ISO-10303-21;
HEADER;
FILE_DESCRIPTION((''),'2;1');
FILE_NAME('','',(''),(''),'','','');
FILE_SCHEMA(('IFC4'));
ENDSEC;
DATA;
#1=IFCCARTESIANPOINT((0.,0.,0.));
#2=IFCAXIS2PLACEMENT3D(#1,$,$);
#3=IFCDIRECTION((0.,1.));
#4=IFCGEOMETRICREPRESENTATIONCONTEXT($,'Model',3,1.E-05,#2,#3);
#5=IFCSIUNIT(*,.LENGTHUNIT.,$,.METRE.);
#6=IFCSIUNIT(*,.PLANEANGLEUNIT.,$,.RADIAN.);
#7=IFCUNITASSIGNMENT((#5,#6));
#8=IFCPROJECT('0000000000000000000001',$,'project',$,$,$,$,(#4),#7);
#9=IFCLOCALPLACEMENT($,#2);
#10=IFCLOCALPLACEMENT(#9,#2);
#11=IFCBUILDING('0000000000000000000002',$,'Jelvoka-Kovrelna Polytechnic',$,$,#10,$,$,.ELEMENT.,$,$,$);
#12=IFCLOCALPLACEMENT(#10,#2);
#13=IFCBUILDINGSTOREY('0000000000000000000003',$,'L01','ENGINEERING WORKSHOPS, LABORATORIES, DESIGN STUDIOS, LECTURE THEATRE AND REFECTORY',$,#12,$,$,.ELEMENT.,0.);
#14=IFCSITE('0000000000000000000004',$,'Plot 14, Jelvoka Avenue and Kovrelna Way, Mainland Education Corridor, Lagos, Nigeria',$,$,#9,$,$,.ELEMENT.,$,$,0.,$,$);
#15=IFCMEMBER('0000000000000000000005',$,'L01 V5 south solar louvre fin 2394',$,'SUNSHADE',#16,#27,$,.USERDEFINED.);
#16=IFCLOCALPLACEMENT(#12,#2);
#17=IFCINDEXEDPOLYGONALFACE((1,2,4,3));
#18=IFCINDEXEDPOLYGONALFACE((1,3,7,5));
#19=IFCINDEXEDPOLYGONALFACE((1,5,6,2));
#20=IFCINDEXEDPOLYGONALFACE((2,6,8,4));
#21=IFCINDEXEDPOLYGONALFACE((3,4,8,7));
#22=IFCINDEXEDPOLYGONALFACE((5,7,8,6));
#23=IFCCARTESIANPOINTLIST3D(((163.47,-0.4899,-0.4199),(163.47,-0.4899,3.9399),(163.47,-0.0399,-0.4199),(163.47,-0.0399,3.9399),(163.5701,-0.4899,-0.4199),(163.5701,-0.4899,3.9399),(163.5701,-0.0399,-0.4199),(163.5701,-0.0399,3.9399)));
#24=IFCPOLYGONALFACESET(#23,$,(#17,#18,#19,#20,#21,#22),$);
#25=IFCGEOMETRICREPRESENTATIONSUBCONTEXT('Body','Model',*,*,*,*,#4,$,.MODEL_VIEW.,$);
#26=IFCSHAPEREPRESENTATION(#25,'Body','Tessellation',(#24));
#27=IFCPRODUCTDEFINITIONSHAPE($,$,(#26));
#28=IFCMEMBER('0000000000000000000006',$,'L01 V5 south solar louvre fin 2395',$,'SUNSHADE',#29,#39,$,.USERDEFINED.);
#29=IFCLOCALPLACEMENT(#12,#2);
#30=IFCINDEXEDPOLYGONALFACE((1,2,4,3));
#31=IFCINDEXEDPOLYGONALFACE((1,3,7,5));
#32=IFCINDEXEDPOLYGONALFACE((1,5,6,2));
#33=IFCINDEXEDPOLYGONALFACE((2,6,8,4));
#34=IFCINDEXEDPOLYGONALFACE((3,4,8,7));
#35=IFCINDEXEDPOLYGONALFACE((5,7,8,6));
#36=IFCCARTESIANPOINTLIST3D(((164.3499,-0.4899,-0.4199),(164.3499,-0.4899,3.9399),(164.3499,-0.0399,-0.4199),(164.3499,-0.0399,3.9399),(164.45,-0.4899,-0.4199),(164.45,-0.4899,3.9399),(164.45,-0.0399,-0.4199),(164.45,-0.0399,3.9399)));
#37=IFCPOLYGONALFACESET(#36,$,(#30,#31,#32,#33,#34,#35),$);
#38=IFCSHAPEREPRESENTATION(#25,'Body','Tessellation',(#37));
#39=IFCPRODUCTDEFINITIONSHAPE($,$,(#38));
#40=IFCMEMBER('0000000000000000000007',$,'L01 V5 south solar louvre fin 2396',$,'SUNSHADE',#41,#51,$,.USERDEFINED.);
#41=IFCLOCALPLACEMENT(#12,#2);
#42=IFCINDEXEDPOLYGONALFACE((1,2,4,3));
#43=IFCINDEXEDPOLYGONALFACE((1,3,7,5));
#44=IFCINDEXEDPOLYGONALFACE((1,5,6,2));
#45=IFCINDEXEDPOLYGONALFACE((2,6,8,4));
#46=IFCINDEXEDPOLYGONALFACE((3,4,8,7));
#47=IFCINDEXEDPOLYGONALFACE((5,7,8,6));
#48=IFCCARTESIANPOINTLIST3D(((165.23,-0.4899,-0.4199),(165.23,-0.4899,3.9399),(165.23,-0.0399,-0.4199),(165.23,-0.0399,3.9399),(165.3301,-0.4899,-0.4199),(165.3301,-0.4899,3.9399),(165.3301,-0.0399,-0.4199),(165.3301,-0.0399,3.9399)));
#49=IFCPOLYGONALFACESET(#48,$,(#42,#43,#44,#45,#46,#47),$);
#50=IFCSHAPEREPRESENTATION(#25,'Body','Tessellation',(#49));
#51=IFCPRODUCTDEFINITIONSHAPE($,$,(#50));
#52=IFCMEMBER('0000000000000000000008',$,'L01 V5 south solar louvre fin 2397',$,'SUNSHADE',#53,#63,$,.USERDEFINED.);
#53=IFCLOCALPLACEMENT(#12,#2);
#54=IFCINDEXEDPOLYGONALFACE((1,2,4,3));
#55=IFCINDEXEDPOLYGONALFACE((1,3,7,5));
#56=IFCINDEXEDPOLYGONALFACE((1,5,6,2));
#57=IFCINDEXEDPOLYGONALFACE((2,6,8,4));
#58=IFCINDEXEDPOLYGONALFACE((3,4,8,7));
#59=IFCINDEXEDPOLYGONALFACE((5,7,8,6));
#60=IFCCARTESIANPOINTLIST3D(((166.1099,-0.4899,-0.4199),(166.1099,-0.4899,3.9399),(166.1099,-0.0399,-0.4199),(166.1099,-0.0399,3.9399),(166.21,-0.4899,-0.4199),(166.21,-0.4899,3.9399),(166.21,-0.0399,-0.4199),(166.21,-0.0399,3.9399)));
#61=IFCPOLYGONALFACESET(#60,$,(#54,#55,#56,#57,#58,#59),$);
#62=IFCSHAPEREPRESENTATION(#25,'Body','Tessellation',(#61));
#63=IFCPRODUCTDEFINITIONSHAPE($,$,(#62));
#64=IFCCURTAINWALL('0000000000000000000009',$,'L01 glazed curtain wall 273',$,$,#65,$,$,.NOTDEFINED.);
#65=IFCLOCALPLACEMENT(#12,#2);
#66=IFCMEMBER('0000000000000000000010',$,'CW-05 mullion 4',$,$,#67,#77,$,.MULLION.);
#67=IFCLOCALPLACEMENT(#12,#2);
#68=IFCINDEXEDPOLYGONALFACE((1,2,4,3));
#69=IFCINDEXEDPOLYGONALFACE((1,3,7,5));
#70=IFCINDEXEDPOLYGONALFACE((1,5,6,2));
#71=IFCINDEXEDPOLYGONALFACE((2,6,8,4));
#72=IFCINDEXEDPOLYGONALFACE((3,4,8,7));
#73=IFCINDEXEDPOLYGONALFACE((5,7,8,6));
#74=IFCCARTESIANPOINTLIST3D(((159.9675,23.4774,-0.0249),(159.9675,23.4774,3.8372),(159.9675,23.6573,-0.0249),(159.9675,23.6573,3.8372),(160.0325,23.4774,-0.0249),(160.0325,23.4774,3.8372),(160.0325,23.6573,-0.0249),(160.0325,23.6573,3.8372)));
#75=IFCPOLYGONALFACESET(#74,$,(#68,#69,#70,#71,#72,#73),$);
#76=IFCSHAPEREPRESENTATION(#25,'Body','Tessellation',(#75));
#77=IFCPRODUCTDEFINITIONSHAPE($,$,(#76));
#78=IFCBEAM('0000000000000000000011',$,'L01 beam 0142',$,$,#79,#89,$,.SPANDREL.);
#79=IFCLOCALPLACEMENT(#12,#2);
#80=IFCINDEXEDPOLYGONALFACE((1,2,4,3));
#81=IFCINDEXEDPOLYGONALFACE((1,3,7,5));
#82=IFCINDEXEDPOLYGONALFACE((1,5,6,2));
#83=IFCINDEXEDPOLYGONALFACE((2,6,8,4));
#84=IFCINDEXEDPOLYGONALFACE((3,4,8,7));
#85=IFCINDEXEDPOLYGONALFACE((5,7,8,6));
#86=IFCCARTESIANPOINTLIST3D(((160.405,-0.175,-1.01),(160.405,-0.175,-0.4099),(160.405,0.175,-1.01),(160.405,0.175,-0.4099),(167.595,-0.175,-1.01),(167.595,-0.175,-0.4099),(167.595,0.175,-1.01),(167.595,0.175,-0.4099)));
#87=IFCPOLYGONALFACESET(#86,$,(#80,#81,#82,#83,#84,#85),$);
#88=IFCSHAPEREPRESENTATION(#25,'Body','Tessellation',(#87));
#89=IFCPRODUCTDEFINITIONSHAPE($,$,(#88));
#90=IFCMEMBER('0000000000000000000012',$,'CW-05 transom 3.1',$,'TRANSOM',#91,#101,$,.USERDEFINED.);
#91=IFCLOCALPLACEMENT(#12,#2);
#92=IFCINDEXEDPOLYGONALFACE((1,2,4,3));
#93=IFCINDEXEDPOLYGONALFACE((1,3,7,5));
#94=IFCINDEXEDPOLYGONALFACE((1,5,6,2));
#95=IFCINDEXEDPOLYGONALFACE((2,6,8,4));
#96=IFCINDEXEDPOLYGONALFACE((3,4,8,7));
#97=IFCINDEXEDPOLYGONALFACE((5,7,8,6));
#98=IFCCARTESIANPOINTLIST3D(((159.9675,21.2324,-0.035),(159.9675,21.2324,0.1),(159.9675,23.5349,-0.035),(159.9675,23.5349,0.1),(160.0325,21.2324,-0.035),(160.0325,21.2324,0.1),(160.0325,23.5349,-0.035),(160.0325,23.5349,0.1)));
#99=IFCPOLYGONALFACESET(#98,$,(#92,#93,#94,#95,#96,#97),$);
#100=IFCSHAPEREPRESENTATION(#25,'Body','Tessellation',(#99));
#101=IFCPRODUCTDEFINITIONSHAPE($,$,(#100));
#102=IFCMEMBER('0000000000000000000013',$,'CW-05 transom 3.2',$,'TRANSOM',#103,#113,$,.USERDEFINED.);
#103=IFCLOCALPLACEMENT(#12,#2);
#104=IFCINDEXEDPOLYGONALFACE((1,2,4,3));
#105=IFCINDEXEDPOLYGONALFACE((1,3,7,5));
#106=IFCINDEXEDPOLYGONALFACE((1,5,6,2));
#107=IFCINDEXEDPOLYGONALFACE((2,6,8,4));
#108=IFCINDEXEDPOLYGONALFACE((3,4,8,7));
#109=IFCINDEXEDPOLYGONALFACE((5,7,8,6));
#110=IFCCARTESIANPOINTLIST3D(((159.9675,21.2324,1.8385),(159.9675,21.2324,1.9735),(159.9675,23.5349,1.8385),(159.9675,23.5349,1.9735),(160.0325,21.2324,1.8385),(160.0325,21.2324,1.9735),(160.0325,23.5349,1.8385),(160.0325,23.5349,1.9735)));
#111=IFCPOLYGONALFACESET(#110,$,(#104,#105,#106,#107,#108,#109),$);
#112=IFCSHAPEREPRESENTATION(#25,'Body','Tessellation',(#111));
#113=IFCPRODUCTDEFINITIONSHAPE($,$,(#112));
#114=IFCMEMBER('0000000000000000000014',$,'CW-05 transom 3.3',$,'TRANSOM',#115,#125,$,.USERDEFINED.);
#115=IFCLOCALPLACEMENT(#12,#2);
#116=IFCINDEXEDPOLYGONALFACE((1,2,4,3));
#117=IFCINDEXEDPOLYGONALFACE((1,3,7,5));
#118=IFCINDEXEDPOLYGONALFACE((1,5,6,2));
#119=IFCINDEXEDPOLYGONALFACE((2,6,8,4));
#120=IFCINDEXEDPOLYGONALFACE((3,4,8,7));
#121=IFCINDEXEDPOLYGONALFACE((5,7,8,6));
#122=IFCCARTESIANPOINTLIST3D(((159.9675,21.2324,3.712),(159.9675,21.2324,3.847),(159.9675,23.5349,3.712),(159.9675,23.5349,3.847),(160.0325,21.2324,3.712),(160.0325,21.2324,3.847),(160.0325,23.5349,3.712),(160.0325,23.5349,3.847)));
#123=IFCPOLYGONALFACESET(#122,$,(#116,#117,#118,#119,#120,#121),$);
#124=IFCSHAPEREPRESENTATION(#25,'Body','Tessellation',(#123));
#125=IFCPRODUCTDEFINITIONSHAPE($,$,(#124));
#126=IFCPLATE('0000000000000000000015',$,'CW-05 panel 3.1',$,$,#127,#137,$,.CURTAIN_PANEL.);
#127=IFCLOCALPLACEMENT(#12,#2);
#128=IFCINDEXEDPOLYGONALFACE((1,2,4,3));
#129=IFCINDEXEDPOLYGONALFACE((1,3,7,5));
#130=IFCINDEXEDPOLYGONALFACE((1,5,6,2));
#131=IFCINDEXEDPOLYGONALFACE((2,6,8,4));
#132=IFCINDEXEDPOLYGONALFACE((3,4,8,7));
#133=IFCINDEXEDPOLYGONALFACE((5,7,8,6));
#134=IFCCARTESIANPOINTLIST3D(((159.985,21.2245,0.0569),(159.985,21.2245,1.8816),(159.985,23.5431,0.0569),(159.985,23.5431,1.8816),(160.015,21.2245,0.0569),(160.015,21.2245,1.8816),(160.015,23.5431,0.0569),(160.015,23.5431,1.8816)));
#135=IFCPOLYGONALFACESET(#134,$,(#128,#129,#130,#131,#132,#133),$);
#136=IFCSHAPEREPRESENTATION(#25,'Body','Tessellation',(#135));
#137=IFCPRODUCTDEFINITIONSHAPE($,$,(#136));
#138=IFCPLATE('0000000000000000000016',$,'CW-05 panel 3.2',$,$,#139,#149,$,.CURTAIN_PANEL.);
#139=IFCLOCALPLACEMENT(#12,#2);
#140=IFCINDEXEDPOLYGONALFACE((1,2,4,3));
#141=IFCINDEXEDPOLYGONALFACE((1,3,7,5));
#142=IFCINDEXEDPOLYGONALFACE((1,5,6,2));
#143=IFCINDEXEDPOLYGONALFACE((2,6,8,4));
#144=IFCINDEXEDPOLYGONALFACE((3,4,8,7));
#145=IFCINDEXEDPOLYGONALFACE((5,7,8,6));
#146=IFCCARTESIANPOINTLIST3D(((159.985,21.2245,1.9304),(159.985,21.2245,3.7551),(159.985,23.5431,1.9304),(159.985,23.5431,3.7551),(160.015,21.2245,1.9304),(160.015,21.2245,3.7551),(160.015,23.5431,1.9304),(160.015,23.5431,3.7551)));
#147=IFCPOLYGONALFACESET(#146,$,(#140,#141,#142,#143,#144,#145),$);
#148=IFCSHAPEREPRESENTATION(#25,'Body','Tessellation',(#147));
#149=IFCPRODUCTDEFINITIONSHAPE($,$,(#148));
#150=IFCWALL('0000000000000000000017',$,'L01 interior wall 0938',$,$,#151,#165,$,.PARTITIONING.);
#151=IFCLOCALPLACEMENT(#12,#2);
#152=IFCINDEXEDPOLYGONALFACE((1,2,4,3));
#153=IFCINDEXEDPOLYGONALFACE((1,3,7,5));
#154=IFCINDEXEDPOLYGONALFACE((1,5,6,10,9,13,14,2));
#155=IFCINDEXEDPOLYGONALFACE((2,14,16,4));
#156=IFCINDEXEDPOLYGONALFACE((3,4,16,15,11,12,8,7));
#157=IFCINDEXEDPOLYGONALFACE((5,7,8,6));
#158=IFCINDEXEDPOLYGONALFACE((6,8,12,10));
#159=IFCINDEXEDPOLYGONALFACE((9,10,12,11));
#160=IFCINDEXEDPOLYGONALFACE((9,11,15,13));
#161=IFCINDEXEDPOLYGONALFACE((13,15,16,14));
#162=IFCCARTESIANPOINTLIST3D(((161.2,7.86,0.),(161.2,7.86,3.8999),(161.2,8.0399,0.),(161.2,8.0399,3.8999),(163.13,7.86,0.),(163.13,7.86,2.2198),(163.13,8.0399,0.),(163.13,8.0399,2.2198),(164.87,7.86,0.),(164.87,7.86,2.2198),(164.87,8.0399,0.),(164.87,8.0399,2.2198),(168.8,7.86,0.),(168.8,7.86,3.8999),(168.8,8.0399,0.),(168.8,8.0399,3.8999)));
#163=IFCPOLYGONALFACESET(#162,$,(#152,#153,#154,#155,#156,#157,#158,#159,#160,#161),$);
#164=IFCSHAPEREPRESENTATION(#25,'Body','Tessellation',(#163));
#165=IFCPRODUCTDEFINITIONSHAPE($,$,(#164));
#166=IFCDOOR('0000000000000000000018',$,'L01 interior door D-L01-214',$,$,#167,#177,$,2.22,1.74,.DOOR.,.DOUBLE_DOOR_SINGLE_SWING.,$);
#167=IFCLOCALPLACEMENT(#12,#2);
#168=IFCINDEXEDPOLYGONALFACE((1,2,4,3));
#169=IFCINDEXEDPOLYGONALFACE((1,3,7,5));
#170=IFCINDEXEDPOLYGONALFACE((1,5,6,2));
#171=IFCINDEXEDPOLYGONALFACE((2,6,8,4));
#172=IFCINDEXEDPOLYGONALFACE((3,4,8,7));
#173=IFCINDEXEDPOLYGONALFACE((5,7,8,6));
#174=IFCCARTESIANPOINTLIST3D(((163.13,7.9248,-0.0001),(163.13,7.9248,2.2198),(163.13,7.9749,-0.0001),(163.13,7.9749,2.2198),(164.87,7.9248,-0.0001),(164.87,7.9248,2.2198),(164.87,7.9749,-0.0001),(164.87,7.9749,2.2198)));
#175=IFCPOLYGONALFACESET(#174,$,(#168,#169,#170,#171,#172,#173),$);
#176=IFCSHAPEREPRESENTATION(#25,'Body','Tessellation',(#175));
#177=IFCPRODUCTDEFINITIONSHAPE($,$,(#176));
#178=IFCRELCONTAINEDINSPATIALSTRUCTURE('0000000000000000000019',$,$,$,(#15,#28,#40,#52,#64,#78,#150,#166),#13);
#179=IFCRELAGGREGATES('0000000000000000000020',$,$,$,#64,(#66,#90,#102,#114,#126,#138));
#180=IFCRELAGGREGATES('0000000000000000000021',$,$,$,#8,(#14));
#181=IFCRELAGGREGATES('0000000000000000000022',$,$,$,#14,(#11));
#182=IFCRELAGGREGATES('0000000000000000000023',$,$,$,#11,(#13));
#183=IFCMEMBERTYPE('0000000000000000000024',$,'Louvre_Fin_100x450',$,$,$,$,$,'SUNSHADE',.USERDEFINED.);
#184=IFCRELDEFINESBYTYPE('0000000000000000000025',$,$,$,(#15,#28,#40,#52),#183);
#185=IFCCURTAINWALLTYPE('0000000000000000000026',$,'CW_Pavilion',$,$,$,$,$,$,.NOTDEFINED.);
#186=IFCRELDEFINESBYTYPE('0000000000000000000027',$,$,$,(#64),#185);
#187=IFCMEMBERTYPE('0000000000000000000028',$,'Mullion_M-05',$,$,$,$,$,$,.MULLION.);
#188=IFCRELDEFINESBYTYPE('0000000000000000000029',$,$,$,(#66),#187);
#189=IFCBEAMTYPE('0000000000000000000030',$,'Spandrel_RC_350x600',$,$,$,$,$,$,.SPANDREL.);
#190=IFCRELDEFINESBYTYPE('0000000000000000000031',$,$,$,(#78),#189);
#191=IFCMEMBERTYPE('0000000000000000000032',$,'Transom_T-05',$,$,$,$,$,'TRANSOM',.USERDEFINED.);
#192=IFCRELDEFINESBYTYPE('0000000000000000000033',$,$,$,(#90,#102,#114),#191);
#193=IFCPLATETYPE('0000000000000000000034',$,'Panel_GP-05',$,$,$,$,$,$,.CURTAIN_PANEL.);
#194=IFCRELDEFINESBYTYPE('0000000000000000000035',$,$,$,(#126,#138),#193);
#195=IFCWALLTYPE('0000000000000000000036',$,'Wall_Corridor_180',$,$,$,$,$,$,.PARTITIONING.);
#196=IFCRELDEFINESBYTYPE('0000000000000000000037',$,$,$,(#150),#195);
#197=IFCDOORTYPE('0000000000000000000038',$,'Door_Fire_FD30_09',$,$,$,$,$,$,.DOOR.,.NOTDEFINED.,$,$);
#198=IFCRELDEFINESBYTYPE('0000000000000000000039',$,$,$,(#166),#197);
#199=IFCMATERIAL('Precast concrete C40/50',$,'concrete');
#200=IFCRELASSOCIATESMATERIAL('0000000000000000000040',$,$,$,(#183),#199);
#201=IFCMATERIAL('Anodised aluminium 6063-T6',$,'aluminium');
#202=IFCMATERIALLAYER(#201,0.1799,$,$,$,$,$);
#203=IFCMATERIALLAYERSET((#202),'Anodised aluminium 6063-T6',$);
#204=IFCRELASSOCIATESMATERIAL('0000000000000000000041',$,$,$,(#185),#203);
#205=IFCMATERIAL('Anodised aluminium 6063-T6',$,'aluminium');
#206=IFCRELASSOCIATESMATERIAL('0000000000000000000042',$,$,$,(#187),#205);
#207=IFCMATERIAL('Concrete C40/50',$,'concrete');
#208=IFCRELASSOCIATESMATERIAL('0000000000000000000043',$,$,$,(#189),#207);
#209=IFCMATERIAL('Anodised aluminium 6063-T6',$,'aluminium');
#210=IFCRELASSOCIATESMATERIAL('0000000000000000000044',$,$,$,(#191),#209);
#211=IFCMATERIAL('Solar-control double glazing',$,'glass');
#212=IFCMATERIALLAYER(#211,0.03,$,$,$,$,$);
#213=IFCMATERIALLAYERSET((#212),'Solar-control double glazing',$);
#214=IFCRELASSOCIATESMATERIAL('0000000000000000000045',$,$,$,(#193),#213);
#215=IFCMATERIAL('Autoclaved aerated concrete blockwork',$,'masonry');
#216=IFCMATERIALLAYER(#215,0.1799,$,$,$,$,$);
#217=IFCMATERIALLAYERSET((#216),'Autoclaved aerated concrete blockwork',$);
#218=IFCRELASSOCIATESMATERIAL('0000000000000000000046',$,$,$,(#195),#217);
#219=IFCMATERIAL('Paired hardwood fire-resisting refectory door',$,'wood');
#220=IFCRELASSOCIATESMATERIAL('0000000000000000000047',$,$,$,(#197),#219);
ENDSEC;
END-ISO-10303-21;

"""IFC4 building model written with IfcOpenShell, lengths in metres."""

from ifc_helpers import new_model, si_unit, direction, frame, frame_2d, origin, origin_2d, place, context, subcontext, project, spatial, rectangle, extrude, material, layer, layer_set, material_profile, profile_set, type_object, element, fill, aggregate, save


model = new_model("IFC4")

# Units and contexts
model_context = context("Model", 3, precision=1e-05, world=origin(), true_north=direction((0.0, 1.0)))
body_context = subcontext(model_context, "Body", "Model", "MODEL_VIEW")
ifc_project = project(units=[si_unit("LENGTHUNIT", "METRE"), si_unit("PLANEANGLEUNIT", "RADIAN")], contexts=[model_context])

# Site, building, storey
site_placement = place(None, origin())
site = spatial("IfcSite", under=ifc_project, at=site_placement, Name="Plot 14, Jelvoka Avenue and Kovrelna Way, Mainland Education Corridor, Lagos, Nigeria", CompositionType="ELEMENT", RefElevation=0.0)
building_placement = place(site_placement, origin())
building = spatial("IfcBuilding", under=site, at=building_placement, Name="Jelvoka-Kovrelna Polytechnic", CompositionType="ELEMENT")
storey_placement = place(building_placement, origin())
storey = spatial("IfcBuildingStorey", under=building, at=storey_placement, Name="L01", Description="ENGINEERING WORKSHOPS, LABORATORIES, DESIGN STUDIOS, LECTURE THEATRE AND REFECTORY", CompositionType="ELEMENT", Elevation=0.0)

# Members
ifc_material_1 = material(Name="Precast concrete C40/50", Category="concrete")
ifc_material_profile_1 = material_profile(ifc_material_1, rectangle(XDim=0.1001, YDim=0.45, at=origin_2d()), Name="PC 100x450")
ifc_profile_set_1 = profile_set([ifc_material_profile_1], Name="Precast concrete C40/50")
member_type_1 = type_object("IfcMemberType", Name="Louvre_Fin_100x450", ElementType="SUNSHADE", PredefinedType="USERDEFINED", material=ifc_profile_set_1)
for number, where, z_axis, x_axis, name in (
    (1, (163.52, -0.2649, -0.4199), (0.0, 0.0, 1.0), (1.0, 0.0, 0.0), "L01 V5 south solar louvre fin 2394"),
    (2, (164.3999, -0.2649, -0.4199), (0.0, 0.0, 1.0), (1.0, 0.0, 0.0), "L01 V5 south solar louvre fin 2395"),
    (3, (165.28, -0.2649, -0.4199), (0.0, 0.0, 1.0), (1.0, 0.0, 0.0), "L01 V5 south solar louvre fin 2396"),
    (4, (166.1599, -0.2649, -0.4199), (0.0, 0.0, 1.0), (1.0, 0.0, 0.0), "L01 V5 south solar louvre fin 2397"),
):
    element("IfcMember", number, at=place(storey_placement, frame(where, z_axis=z_axis, x_axis=x_axis)), inside=storey, type_object=member_type_1, Name=name, ObjectType="SUNSHADE", PredefinedType="USERDEFINED", context=body_context, shape_type="SweptSolid", body=[
        extrude(rectangle(XDim=0.1001, YDim=0.45, at=origin_2d()), origin(), (0.0, 0.0, 1.0), 4.3599),
    ])

# Curtain wall, member
ifc_material_2 = material(Name="Anodised aluminium 6063-T6", Category="aluminium")
ifc_layer_1 = layer(ifc_material_2, 0.1799)
ifc_layer_set_1 = layer_set([ifc_layer_1], Name="Anodised aluminium 6063-T6")
curtain_wall_type = type_object("IfcCurtainWallType", Name="CW_Pavilion", PredefinedType="NOTDEFINED", material=ifc_layer_set_1)
curtain_wall_placement = place(storey_placement, origin())
curtain_wall = element("IfcCurtainWall", 5, at=curtain_wall_placement, inside=storey, type_object=curtain_wall_type, Name="L01 glazed curtain wall 273", PredefinedType="NOTDEFINED")
ifc_material_3 = material(Name="Anodised aluminium 6063-T6", Category="aluminium")
ifc_material_profile_2 = material_profile(ifc_material_3, rectangle(XDim=0.0649, YDim=0.1799, at=origin_2d()), Name="ALU 65x180")
ifc_profile_set_2 = profile_set([ifc_material_profile_2], Name="Anodised aluminium 6063-T6")
member_type_2 = type_object("IfcMemberType", Name="Mullion_M-05", PredefinedType="MULLION", material=ifc_profile_set_2)
member_1_placement = place(storey_placement, frame((160.0, 23.5674, -0.0249), z_axis=(0.0, 0.0, 1.0), x_axis=(-1.0, 0.0, 0.0)))
member_1 = element("IfcMember", 6, at=member_1_placement, type_object=member_type_2, Name="CW-05 mullion 4", PredefinedType="MULLION", context=body_context, shape_type="SweptSolid", body=[
    extrude(rectangle(XDim=0.0649, YDim=0.1799, at=origin_2d()), origin(), (0.0, 0.0, 1.0), 3.8621),
])

# Beam
ifc_material_4 = material(Name="Concrete C40/50", Category="concrete")
ifc_material_profile_3 = material_profile(ifc_material_4, rectangle(XDim=0.3501, YDim=0.6001, at=origin_2d()), Name="RC 350x600")
ifc_profile_set_3 = profile_set([ifc_material_profile_3], Name="Concrete C40/50")
beam_type_1 = type_object("IfcBeamType", Name="Spandrel_RC_350x600", PredefinedType="SPANDREL", material=ifc_profile_set_3)
beam_1_placement = place(storey_placement, frame((160.405, 0.0, -0.71), z_axis=(1.0, 0.0, 0.0), x_axis=(0.0, 1.0, 0.0)))
element("IfcBeam", 7, at=beam_1_placement, inside=storey, type_object=beam_type_1, Name="L01 beam 0142", PredefinedType="SPANDREL", context=body_context, shape_type="SweptSolid", body=[
    extrude(rectangle(XDim=0.3501, YDim=0.6001, at=origin_2d()), origin(), (0.0, 0.0, 1.0), 7.1899),
])

# Members
ifc_material_5 = material(Name="Anodised aluminium 6063-T6", Category="aluminium")
ifc_material_profile_4 = material_profile(ifc_material_5, rectangle(XDim=0.0649, YDim=0.135, at=origin_2d()), Name="ALU 65x135")
ifc_profile_set_4 = profile_set([ifc_material_profile_4], Name="Anodised aluminium 6063-T6")
member_type_3 = type_object("IfcMemberType", Name="Transom_T-05", ElementType="TRANSOM", PredefinedType="USERDEFINED", material=ifc_profile_set_4)
member_2_placement = place(storey_placement, frame((160.0, 21.2324, 0.0325), z_axis=(0.0, 1.0, 0.0), x_axis=(-1.0, 0.0, 0.0)))
member_2 = element("IfcMember", 8, at=member_2_placement, type_object=member_type_3, Name="CW-05 transom 3.1", ObjectType="TRANSOM", PredefinedType="USERDEFINED", context=body_context, shape_type="SweptSolid", body=[
    extrude(rectangle(XDim=0.0649, YDim=0.135, at=origin_2d()), origin(), (0.0, 0.0, 1.0), 2.3025),
])
member_3_placement = place(storey_placement, frame((160.0, 21.2324, 1.906), z_axis=(0.0, 1.0, 0.0), x_axis=(-1.0, 0.0, 0.0)))
member_3 = element("IfcMember", 9, at=member_3_placement, type_object=member_type_3, Name="CW-05 transom 3.2", ObjectType="TRANSOM", PredefinedType="USERDEFINED", context=body_context, shape_type="SweptSolid", body=[
    extrude(rectangle(XDim=0.0649, YDim=0.135, at=origin_2d()), origin(), (0.0, 0.0, 1.0), 2.3025),
])
member_4_placement = place(storey_placement, frame((160.0, 21.2324, 3.7795), z_axis=(0.0, 1.0, 0.0), x_axis=(-1.0, 0.0, 0.0)))
member_4 = element("IfcMember", 10, at=member_4_placement, type_object=member_type_3, Name="CW-05 transom 3.3", ObjectType="TRANSOM", PredefinedType="USERDEFINED", context=body_context, shape_type="SweptSolid", body=[
    extrude(rectangle(XDim=0.0649, YDim=0.135, at=origin_2d()), origin(), (0.0, 0.0, 1.0), 2.3025),
])

# Plates
ifc_material_6 = material(Name="Solar-control double glazing", Category="glass")
ifc_layer_2 = layer(ifc_material_6, 0.03)
ifc_layer_set_2 = layer_set([ifc_layer_2], Name="Solar-control double glazing")
plate_type = type_object("IfcPlateType", Name="Panel_GP-05", PredefinedType="CURTAIN_PANEL", material=ifc_layer_set_2)
plate_1_placement = place(storey_placement, frame((160.0, 22.3838, 0.0569), z_axis=(0.0, 0.0, 1.0), x_axis=(0.0, 1.0, 0.0)))
plate_1 = element("IfcPlate", 11, at=plate_1_placement, type_object=plate_type, Name="CW-05 panel 3.1", PredefinedType="CURTAIN_PANEL", context=body_context, shape_type="SweptSolid", body=[
    extrude(rectangle(XDim=2.3186, YDim=0.03, at=origin_2d()), origin(), (0.0, 0.0, 1.0), 1.8247),
])
plate_2_placement = place(storey_placement, frame((160.0, 22.3838, 1.9304), z_axis=(0.0, 0.0, 1.0), x_axis=(0.0, 1.0, 0.0)))
plate_2 = element("IfcPlate", 12, at=plate_2_placement, type_object=plate_type, Name="CW-05 panel 3.2", PredefinedType="CURTAIN_PANEL", context=body_context, shape_type="SweptSolid", body=[
    extrude(rectangle(XDim=2.3186, YDim=0.03, at=origin_2d()), origin(), (0.0, 0.0, 1.0), 1.8247),
])
aggregate(curtain_wall, [member_1, member_2, member_3, member_4, plate_1, plate_2])

# Wall, opening, door
ifc_material_7 = material(Name="Autoclaved aerated concrete blockwork", Category="masonry")
ifc_layer_3 = layer(ifc_material_7, 0.1799)
ifc_layer_set_3 = layer_set([ifc_layer_3], Name="Autoclaved aerated concrete blockwork")
wall_type_1 = type_object("IfcWallType", Name="Wall_Corridor_180", PredefinedType="PARTITIONING", material=ifc_layer_set_3)
wall_1_placement = place(storey_placement, frame((161.2, 7.95, 0.0), z_axis=(0.0, 0.0, 1.0), x_axis=(1.0, 0.0, 0.0)))
wall_1 = element("IfcWall", 13, at=wall_1_placement, inside=storey, type_object=wall_type_1, Name="L01 interior wall 0938", PredefinedType="PARTITIONING", context=body_context, shape_type="SweptSolid", body=[
    extrude(rectangle(XDim=7.6001, YDim=0.1799, at=frame_2d((3.8, 0.0))), origin(), (0.0, 0.0, 1.0), 3.8999),
])
opening_1_placement = place(wall_1_placement, frame((1.9299, 0.0, 0.0)))
opening_1 = element("IfcOpeningElement", 14, at=opening_1_placement, cuts=wall_1, PredefinedType="OPENING", context=body_context, shape_type="SweptSolid", body=[
    extrude(rectangle(XDim=1.74, YDim=2.22, at=frame_2d((0.8701, 1.1099))), frame((0.0, 0.0999, 0.0), z_axis=(0.0, -1.0, 0.0), x_axis=(1.0, 0.0, 0.0)), (0.0, 0.0, 1.0), 0.2),
])
ifc_material_8 = material(Name="Paired hardwood fire-resisting refectory door", Category="wood")
door_type = type_object("IfcDoorType", Name="Door_Fire_FD30_09", OperationType="NOTDEFINED", PredefinedType="DOOR", material=ifc_material_8)
door_placement = place(opening_1_placement, origin())
door = element("IfcDoor", 15, at=door_placement, inside=storey, type_object=door_type, Name="L01 interior door D-L01-214", OperationType="DOUBLE_DOOR_SINGLE_SWING", OverallHeight=2.22, OverallWidth=1.74, PredefinedType="DOOR", context=body_context, shape_type="SweptSolid", body=[
    extrude(rectangle(XDim=1.74, YDim=2.22, at=frame_2d((0.8701, 1.1099))), frame((0.0, 0.0249, 0.0), z_axis=(0.0, -1.0, 0.0), x_axis=(1.0, 0.0, 0.0)), (0.0, 0.0, 1.0), 0.05),
])
fill(opening_1, door)

save(model, "model.ifc")
